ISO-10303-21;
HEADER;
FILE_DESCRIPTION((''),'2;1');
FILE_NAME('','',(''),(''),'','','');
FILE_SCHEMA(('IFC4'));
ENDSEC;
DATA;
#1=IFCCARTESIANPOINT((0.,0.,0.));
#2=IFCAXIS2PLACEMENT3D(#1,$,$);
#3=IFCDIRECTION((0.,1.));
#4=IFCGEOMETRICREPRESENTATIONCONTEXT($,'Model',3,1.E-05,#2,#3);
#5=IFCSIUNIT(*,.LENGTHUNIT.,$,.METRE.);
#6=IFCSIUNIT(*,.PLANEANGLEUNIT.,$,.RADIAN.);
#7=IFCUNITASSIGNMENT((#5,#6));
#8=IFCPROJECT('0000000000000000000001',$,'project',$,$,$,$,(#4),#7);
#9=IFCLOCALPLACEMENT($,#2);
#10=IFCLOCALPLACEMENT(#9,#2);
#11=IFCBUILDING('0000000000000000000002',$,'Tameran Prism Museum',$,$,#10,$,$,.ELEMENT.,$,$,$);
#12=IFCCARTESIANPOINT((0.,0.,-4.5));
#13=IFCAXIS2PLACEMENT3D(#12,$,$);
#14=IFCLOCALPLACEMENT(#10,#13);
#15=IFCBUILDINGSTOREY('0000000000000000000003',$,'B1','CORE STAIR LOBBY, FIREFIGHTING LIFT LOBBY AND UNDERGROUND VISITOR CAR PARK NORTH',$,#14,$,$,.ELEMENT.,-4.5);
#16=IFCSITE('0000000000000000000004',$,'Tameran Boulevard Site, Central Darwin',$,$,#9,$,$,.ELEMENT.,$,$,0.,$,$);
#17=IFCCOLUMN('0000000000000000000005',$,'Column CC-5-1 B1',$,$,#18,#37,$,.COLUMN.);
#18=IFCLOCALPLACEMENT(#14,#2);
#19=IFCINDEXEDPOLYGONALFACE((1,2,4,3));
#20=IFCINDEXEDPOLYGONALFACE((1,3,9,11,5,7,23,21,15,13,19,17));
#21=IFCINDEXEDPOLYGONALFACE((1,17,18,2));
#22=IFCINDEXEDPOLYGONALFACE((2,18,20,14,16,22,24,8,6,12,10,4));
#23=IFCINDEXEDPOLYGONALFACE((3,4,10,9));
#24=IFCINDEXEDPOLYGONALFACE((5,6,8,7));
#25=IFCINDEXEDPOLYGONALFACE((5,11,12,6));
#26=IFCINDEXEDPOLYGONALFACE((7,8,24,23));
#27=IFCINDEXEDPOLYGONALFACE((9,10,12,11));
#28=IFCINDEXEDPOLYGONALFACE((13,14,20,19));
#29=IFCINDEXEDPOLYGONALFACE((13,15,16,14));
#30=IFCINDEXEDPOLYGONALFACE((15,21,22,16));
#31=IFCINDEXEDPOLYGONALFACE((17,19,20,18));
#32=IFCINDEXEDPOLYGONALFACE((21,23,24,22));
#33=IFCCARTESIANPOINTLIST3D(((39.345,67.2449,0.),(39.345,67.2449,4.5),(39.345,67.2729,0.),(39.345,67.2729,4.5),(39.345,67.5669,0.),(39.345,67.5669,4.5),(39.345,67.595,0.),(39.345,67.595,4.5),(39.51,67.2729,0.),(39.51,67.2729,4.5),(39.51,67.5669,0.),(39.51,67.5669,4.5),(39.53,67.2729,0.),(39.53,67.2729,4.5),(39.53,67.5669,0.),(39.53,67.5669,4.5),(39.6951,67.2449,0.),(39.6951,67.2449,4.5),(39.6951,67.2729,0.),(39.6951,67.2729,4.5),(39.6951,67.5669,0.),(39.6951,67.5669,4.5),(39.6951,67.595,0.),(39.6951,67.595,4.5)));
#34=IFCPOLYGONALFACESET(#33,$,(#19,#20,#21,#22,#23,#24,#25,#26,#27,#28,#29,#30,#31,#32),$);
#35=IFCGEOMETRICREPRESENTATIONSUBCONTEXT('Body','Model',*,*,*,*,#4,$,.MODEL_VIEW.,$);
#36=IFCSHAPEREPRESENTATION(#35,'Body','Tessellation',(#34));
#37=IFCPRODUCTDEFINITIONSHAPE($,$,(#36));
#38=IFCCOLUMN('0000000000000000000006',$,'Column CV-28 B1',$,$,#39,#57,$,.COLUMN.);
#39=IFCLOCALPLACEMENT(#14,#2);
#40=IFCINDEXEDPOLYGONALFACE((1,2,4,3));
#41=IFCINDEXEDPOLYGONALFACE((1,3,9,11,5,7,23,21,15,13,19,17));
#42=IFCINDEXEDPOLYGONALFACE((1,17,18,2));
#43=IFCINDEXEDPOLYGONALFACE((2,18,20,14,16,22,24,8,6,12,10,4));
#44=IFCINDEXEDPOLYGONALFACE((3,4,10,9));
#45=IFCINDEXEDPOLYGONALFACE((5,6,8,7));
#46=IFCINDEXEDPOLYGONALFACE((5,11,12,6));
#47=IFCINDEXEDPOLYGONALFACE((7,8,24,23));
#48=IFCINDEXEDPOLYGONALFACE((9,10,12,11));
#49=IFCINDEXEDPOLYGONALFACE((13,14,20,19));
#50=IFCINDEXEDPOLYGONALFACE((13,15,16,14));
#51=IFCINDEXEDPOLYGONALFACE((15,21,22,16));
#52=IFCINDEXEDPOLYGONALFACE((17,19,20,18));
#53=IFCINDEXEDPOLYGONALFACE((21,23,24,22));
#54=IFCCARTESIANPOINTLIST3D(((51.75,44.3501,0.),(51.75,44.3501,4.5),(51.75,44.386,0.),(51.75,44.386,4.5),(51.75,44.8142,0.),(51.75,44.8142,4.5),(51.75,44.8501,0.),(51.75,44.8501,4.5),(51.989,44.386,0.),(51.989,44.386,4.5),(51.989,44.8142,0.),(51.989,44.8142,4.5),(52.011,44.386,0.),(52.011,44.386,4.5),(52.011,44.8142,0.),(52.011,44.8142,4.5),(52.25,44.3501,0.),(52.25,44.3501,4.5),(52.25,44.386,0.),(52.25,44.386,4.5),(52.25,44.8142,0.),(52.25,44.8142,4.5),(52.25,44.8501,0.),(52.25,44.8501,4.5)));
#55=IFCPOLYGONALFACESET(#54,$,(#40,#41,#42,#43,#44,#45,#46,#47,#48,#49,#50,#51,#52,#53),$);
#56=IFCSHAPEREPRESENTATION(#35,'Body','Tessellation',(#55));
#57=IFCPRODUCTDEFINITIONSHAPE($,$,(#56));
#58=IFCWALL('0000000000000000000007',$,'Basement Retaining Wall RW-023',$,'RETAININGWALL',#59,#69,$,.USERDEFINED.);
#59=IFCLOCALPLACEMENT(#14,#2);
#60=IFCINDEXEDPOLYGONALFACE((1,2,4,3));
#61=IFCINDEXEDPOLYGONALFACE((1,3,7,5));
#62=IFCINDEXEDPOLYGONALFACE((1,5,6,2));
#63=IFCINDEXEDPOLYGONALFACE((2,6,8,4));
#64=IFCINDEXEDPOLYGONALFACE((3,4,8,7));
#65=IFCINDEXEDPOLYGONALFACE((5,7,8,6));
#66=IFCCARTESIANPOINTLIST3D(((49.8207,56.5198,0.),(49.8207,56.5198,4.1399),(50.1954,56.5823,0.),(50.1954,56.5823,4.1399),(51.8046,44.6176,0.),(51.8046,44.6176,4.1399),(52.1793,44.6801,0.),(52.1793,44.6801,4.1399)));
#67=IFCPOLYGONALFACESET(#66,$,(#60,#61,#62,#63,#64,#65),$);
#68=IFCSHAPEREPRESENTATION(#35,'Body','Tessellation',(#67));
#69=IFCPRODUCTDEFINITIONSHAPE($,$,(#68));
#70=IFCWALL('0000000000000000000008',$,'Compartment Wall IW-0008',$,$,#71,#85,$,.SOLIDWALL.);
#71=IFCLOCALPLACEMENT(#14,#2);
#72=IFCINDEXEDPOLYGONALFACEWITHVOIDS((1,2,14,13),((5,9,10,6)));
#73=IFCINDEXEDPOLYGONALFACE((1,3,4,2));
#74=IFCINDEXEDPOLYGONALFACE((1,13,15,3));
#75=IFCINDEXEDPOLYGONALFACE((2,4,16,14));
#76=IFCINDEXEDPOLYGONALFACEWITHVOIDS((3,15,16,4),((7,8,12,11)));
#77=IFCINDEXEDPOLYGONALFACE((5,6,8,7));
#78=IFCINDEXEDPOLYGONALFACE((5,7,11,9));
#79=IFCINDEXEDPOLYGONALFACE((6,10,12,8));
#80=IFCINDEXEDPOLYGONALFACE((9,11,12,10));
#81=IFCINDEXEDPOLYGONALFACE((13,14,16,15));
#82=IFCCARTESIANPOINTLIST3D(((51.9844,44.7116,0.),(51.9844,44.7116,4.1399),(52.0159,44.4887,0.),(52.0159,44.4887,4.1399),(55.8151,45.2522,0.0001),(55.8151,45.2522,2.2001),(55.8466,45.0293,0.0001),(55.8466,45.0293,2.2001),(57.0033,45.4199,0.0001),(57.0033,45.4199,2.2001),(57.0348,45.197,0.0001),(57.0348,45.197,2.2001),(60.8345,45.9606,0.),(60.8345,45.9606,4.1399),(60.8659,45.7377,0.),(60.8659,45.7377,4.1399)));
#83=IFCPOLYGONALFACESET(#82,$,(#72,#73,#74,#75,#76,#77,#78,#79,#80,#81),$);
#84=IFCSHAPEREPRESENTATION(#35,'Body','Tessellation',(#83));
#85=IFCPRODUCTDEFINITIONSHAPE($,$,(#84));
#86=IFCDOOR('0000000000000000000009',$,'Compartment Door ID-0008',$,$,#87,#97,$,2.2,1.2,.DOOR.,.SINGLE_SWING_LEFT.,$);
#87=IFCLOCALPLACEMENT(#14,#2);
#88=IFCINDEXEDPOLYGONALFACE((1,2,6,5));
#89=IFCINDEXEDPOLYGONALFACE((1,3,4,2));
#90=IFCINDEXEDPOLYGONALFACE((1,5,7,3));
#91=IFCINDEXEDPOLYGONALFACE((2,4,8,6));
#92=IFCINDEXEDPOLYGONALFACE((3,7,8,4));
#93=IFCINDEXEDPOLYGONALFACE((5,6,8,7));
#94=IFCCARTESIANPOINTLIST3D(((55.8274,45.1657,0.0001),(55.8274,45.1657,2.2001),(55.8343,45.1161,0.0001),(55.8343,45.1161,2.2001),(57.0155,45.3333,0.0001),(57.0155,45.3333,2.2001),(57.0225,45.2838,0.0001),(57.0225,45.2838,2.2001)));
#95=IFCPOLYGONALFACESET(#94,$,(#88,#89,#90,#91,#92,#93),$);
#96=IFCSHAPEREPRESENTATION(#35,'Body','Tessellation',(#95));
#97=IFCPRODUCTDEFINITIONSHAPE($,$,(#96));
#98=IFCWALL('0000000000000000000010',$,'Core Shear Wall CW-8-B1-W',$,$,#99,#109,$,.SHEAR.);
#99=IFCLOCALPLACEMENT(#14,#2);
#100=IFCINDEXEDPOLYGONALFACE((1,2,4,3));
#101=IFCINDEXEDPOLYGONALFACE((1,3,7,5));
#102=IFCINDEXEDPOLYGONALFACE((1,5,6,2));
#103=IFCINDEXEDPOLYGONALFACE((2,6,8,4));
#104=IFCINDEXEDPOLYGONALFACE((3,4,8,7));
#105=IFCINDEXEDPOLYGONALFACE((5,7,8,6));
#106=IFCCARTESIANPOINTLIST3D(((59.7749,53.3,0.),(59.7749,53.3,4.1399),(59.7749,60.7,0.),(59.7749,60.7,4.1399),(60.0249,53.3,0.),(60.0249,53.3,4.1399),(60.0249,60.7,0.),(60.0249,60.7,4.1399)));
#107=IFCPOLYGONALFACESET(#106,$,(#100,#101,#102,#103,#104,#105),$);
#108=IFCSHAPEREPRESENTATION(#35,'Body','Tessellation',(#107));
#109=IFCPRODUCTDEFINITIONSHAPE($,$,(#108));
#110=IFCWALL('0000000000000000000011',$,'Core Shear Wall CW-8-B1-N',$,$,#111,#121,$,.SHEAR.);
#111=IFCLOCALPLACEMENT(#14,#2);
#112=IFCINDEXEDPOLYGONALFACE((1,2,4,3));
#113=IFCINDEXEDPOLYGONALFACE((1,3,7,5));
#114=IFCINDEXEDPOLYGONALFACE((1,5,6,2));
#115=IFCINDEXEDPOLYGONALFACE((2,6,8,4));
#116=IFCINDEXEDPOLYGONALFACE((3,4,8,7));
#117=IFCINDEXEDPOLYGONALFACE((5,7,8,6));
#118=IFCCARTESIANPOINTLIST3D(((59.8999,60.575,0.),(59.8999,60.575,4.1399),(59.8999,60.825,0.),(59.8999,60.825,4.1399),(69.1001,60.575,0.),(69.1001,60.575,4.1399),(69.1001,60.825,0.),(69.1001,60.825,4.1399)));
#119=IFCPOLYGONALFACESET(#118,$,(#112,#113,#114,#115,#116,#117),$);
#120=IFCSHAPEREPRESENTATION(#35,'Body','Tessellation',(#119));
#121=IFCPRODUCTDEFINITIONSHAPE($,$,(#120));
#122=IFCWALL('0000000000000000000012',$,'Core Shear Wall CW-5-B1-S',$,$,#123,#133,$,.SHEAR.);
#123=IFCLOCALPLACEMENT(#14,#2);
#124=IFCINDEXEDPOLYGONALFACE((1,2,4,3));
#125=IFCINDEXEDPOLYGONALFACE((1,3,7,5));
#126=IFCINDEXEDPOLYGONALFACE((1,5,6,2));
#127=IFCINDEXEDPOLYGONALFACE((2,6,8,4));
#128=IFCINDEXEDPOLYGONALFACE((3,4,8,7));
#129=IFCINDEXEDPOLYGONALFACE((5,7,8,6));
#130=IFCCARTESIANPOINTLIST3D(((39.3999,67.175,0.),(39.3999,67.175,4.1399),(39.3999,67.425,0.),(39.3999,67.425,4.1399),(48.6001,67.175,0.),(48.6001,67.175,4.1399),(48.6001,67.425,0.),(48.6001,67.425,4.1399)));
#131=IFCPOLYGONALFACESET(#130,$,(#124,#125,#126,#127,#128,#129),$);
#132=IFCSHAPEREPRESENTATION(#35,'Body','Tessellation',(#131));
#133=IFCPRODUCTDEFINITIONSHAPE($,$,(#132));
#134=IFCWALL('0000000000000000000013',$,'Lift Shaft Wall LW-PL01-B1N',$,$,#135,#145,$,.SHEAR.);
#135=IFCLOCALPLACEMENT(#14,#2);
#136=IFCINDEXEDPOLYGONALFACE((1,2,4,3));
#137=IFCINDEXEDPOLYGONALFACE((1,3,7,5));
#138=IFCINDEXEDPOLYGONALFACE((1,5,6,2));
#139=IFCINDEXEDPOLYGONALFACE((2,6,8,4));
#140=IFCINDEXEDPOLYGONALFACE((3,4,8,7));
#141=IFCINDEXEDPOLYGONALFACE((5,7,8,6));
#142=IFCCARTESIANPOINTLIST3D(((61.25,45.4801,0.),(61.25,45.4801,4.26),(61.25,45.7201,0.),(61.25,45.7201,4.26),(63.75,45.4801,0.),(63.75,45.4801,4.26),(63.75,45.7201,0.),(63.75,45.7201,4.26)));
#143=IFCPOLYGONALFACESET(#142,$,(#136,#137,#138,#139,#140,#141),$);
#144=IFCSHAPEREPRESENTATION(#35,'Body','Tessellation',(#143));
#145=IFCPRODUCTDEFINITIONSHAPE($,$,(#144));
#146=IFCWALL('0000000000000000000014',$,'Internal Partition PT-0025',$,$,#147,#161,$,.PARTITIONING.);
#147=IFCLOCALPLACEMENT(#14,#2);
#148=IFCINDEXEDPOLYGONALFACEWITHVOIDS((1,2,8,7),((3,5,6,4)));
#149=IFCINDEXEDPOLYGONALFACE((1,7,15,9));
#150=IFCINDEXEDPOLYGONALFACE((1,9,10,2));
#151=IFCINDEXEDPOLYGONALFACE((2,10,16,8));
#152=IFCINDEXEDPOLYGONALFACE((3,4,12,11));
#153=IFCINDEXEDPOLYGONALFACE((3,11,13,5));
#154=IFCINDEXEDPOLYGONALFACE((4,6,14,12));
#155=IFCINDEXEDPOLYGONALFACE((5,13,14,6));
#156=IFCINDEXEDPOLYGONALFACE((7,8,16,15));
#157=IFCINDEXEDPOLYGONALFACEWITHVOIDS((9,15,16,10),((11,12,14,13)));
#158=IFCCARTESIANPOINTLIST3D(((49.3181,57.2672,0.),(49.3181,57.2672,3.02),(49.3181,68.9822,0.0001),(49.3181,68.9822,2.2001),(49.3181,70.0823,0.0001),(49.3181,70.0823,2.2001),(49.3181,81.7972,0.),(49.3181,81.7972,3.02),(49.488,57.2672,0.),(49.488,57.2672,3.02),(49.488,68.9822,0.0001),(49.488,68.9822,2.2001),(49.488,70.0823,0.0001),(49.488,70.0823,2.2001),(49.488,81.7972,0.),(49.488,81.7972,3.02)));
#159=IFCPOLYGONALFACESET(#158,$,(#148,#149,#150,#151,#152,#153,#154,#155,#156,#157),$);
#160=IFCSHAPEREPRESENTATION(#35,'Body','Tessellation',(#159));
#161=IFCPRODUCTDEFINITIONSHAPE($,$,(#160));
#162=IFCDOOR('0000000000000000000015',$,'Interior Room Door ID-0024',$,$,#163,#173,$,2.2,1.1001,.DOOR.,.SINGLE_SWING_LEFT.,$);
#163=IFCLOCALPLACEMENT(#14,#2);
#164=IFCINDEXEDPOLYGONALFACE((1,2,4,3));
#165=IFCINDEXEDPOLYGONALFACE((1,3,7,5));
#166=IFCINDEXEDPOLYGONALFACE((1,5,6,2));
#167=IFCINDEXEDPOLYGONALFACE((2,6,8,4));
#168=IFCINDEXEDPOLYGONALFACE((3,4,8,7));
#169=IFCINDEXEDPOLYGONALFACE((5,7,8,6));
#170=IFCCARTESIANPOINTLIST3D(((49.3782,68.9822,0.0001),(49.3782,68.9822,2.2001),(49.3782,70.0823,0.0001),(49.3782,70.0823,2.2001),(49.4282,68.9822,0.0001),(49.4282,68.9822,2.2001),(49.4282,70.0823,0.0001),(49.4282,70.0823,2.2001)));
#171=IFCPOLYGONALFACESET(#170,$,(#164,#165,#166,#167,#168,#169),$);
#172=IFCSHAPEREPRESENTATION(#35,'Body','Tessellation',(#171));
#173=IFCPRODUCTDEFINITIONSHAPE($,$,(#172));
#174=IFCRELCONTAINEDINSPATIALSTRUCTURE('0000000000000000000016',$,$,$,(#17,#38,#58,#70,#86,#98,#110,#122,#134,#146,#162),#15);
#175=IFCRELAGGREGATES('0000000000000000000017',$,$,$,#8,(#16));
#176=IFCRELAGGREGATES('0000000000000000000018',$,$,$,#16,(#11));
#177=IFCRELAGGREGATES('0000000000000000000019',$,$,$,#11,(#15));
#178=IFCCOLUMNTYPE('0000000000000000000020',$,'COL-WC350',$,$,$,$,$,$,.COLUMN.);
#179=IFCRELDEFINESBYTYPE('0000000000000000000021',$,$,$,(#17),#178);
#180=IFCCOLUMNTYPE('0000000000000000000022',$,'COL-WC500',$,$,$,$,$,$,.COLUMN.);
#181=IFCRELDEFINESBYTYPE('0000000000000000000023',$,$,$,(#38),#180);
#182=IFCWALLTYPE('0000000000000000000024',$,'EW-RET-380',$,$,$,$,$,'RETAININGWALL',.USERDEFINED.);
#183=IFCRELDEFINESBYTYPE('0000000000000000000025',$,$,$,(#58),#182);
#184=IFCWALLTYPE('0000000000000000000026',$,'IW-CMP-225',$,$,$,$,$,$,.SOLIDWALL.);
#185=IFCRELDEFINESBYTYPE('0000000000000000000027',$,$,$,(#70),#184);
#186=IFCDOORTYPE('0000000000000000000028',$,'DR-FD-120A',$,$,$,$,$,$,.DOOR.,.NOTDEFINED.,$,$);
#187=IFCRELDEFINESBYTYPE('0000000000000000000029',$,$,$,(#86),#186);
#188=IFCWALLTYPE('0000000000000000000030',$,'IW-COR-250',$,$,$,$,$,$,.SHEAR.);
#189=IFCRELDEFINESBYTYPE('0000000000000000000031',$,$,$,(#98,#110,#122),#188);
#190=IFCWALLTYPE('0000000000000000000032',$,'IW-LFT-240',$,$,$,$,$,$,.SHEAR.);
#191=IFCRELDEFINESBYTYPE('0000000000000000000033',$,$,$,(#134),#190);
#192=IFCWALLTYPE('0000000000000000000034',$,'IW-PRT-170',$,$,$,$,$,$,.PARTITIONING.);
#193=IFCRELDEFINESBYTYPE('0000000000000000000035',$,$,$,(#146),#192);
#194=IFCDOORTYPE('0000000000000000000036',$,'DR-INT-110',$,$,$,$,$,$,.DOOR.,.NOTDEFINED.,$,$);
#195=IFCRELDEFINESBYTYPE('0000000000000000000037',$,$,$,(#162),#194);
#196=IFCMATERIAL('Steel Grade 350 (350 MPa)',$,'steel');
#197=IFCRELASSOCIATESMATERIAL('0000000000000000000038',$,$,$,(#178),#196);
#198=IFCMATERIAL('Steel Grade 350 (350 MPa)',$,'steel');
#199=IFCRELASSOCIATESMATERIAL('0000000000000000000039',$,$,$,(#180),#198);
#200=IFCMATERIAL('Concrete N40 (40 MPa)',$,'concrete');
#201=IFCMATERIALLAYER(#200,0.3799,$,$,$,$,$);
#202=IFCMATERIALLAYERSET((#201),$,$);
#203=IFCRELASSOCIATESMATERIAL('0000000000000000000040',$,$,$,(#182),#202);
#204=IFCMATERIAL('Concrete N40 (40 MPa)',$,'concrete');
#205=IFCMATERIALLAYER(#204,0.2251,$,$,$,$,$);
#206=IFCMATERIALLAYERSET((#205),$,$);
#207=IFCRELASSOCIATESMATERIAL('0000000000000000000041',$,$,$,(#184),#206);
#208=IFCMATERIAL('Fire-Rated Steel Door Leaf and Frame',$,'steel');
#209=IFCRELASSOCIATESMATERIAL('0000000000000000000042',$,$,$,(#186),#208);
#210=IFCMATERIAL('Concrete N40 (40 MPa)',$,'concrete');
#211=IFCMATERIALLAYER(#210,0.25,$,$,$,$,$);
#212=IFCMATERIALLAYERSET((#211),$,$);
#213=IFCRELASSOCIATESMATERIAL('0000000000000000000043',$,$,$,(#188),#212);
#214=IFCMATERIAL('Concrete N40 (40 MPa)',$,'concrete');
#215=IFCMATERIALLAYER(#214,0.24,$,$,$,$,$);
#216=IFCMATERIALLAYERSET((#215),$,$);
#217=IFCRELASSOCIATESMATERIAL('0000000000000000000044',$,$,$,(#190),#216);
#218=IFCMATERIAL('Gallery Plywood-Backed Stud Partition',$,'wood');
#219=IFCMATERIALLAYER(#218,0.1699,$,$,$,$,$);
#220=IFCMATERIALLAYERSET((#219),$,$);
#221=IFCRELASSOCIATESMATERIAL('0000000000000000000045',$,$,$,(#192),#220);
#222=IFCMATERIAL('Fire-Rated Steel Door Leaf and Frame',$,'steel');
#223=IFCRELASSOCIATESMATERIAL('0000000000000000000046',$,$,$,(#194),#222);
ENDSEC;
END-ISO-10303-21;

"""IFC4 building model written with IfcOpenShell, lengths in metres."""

from ifc_helpers import new_model, si_unit, direction, frame, frame_2d, origin, origin_2d, place, context, subcontext, project, spatial, rectangle, i_section, extrude, material, layer, layer_set, material_profile, profile_set, type_object, element, fill, save


model = new_model("IFC4")

# Units and contexts
model_context = context("Model", 3, precision=1e-05, world=origin(), true_north=direction((0.0, 1.0)))
body_context = subcontext(model_context, "Body", "Model", "MODEL_VIEW")
ifc_project = project(units=[si_unit("LENGTHUNIT", "METRE"), si_unit("PLANEANGLEUNIT", "RADIAN")], contexts=[model_context])

# Site, building, storey
site_placement = place(None, origin())
site = spatial("IfcSite", under=ifc_project, at=site_placement, Name="Tameran Boulevard Site, Central Darwin", CompositionType="ELEMENT", RefElevation=0.0)
building_placement = place(site_placement, origin())
building = spatial("IfcBuilding", under=site, at=building_placement, Name="Tameran Prism Museum", CompositionType="ELEMENT")
storey_placement = place(building_placement, frame((0.0, 0.0, -4.5)))
storey = spatial("IfcBuildingStorey", under=building, at=storey_placement, Name="B1", Description="CORE STAIR LOBBY, FIREFIGHTING LIFT LOBBY AND UNDERGROUND VISITOR CAR PARK NORTH", CompositionType="ELEMENT", Elevation=-4.5)

# Columns
ifc_material_1 = material(Name="Steel Grade 350 (350 MPa)", Category="steel")
ifc_material_profile_1 = material_profile(ifc_material_1, i_section(OverallWidth=0.3501, OverallDepth=0.3501, WebThickness=0.02, FlangeThickness=0.0281, at=origin_2d()))
ifc_profile_set_1 = profile_set([ifc_material_profile_1])
column_type_1 = type_object("IfcColumnType", Name="COL-WC350", PredefinedType="COLUMN", material=ifc_profile_set_1)
for number, where, z_axis, x_axis, name in (
    (1, (39.52, 67.4199, 0.0), (0.0, 0.0, 1.0), (1.0, 0.0, 0.0), "Column CC-5-1 B1"),
):
    element("IfcColumn", number, at=place(storey_placement, frame(where, z_axis=z_axis, x_axis=x_axis)), inside=storey, type_object=column_type_1, Name=name, PredefinedType="COLUMN", context=body_context, shape_type="SweptSolid", body=[
        extrude(i_section(OverallWidth=0.3501, OverallDepth=0.3501, WebThickness=0.02, FlangeThickness=0.0281, at=origin_2d()), origin(), (0.0, 0.0, 1.0), 4.5),
    ])
ifc_material_2 = material(Name="Steel Grade 350 (350 MPa)", Category="steel")
ifc_material_profile_2 = material_profile(ifc_material_2, i_section(OverallWidth=0.5, OverallDepth=0.5, WebThickness=0.022, FlangeThickness=0.0359, at=origin_2d()))
ifc_profile_set_2 = profile_set([ifc_material_profile_2])
column_type_2 = type_object("IfcColumnType", Name="COL-WC500", PredefinedType="COLUMN", material=ifc_profile_set_2)
column_placement = place(storey_placement, frame((52.0, 44.6001, 0.0), z_axis=(0.0, 0.0, 1.0), x_axis=(1.0, 0.0, 0.0)))
element("IfcColumn", 2, at=column_placement, inside=storey, type_object=column_type_2, Name="Column CV-28 B1", PredefinedType="COLUMN", context=body_context, shape_type="SweptSolid", body=[
    extrude(i_section(OverallWidth=0.5, OverallDepth=0.5, WebThickness=0.022, FlangeThickness=0.0359, at=origin_2d()), origin(), (0.0, 0.0, 1.0), 4.5),
])

# Wall
ifc_material_3 = material(Name="Concrete N40 (40 MPa)", Category="concrete")
ifc_layer_1 = layer(ifc_material_3, 0.3799)
ifc_layer_set_1 = layer_set([ifc_layer_1])
wall_type_1 = type_object("IfcWallType", Name="EW-RET-380", ElementType="RETAININGWALL", PredefinedType="USERDEFINED", material=ifc_layer_set_1)
wall_1_placement = place(storey_placement, frame((50.0081, 56.551, 0.0), z_axis=(0.0, 0.0, 1.0), x_axis=(0.164415, -0.986391, 0.0)))
element("IfcWall", 3, at=wall_1_placement, inside=storey, type_object=wall_type_1, Name="Basement Retaining Wall RW-023", ObjectType="RETAININGWALL", PredefinedType="USERDEFINED", context=body_context, shape_type="SweptSolid", body=[
    extrude(rectangle(XDim=12.0664, YDim=0.3799, at=frame_2d((6.0332, 0.0))), origin(), (0.0, 0.0, 1.0), 4.1399),
])

# Wall, opening, door
ifc_material_4 = material(Name="Concrete N40 (40 MPa)", Category="concrete")
ifc_layer_2 = layer(ifc_material_4, 0.2251)
ifc_layer_set_2 = layer_set([ifc_layer_2])
wall_type_2 = type_object("IfcWallType", Name="IW-CMP-225", PredefinedType="SOLIDWALL", material=ifc_layer_set_2)
wall_2_placement = place(storey_placement, frame((60.8501, 45.8491, 0.0), z_axis=(0.0, 0.0, 1.0), x_axis=(-0.990187, -0.139746, 0.0)))
wall_2 = element("IfcWall", 4, at=wall_2_placement, inside=storey, type_object=wall_type_2, Name="Compartment Wall IW-0008", PredefinedType="SOLIDWALL", context=body_context, shape_type="SweptSolid", body=[
    extrude(rectangle(XDim=8.9377, YDim=0.2251, at=frame_2d((4.4688, 0.0))), origin(), (0.0, 0.0, 1.0), 4.1399),
])
opening_1_placement = place(wall_2_placement, frame((3.8689, 0.0, 0.0)))
opening_1 = element("IfcOpeningElement", 5, at=opening_1_placement, cuts=wall_2, PredefinedType="OPENING", context=body_context, shape_type="SweptSolid", body=[
    extrude(rectangle(XDim=1.2, YDim=2.2, at=frame_2d((0.6001, 1.1001))), frame((0.0, 0.1226, 0.0), z_axis=(0.0, -1.0, 0.0), x_axis=(1.0, 0.0, 0.0)), (0.0, 0.0, 1.0), 0.2451),
])
ifc_material_5 = material(Name="Fire-Rated Steel Door Leaf and Frame", Category="steel")
door_type_1 = type_object("IfcDoorType", Name="DR-FD-120A", OperationType="NOTDEFINED", PredefinedType="DOOR", material=ifc_material_5)
door_1_placement = place(opening_1_placement, origin())
door_1 = element("IfcDoor", 6, at=door_1_placement, inside=storey, type_object=door_type_1, Name="Compartment Door ID-0008", OperationType="SINGLE_SWING_LEFT", OverallHeight=2.2, OverallWidth=1.2, PredefinedType="DOOR", context=body_context, shape_type="SweptSolid", body=[
    extrude(rectangle(XDim=1.2, YDim=2.2, at=frame_2d((0.6001, 1.1001))), frame((0.0, 0.0249, 0.0), z_axis=(0.0, -1.0, 0.0), x_axis=(1.0, 0.0, 0.0)), (0.0, 0.0, 1.0), 0.05),
])
fill(opening_1, door_1)

# Walls
ifc_material_6 = material(Name="Concrete N40 (40 MPa)", Category="concrete")
ifc_layer_3 = layer(ifc_material_6, 0.25)
ifc_layer_set_3 = layer_set([ifc_layer_3])
wall_type_3 = type_object("IfcWallType", Name="IW-COR-250", PredefinedType="SHEAR", material=ifc_layer_set_3)
wall_3_placement = place(storey_placement, frame((59.8999, 53.3, 0.0), z_axis=(0.0, 0.0, 1.0), x_axis=(0.0, 1.0, 0.0)))
element("IfcWall", 7, at=wall_3_placement, inside=storey, type_object=wall_type_3, Name="Core Shear Wall CW-8-B1-W", PredefinedType="SHEAR", context=body_context, shape_type="SweptSolid", body=[
    extrude(rectangle(XDim=7.3999, YDim=0.25, at=frame_2d((3.7, 0.0))), origin(), (0.0, 0.0, 1.0), 4.1399),
])
for number, where, z_axis, x_axis, name in (
    (8, (59.8999, 60.7, 0.0), (0.0, 0.0, 1.0), (1.0, 0.0, 0.0), "Core Shear Wall CW-8-B1-N"),
    (9, (48.6001, 67.3, 0.0), (0.0, 0.0, 1.0), (-1.0, 0.0, 0.0), "Core Shear Wall CW-5-B1-S"),
):
    element("IfcWall", number, at=place(storey_placement, frame(where, z_axis=z_axis, x_axis=x_axis)), inside=storey, type_object=wall_type_3, Name=name, PredefinedType="SHEAR", context=body_context, shape_type="SweptSolid", body=[
        extrude(rectangle(XDim=9.2002, YDim=0.25, at=frame_2d((4.6001, 0.0))), origin(), (0.0, 0.0, 1.0), 4.1399),
    ])
ifc_material_7 = material(Name="Concrete N40 (40 MPa)", Category="concrete")
ifc_layer_4 = layer(ifc_material_7, 0.24)
ifc_layer_set_4 = layer_set([ifc_layer_4])
wall_type_4 = type_object("IfcWallType", Name="IW-LFT-240", PredefinedType="SHEAR", material=ifc_layer_set_4)
wall_4_placement = place(storey_placement, frame((61.25, 45.6001, 0.0), z_axis=(0.0, 0.0, 1.0), x_axis=(1.0, 0.0, 0.0)))
element("IfcWall", 10, at=wall_4_placement, inside=storey, type_object=wall_type_4, Name="Lift Shaft Wall LW-PL01-B1N", PredefinedType="SHEAR", context=body_context, shape_type="SweptSolid", body=[
    extrude(rectangle(XDim=2.5, YDim=0.24, at=frame_2d((1.25, 0.0))), origin(), (0.0, 0.0, 1.0), 4.26),
])

# Wall, opening, door
ifc_material_8 = material(Name="Gallery Plywood-Backed Stud Partition", Category="wood")
ifc_layer_5 = layer(ifc_material_8, 0.1699)
ifc_layer_set_5 = layer_set([ifc_layer_5])
wall_type_5 = type_object("IfcWallType", Name="IW-PRT-170", PredefinedType="PARTITIONING", material=ifc_layer_set_5)
wall_5_placement = place(storey_placement, frame((49.4031, 57.2671, 0.0), z_axis=(0.0, 0.0, 1.0), x_axis=(0.0, 1.0, 0.0)))
wall_5 = element("IfcWall", 11, at=wall_5_placement, inside=storey, type_object=wall_type_5, Name="Internal Partition PT-0025", PredefinedType="PARTITIONING", context=body_context, shape_type="SweptSolid", body=[
    extrude(rectangle(XDim=24.53, YDim=0.1699, at=frame_2d((12.2651, 0.0))), origin(), (0.0, 0.0, 1.0), 3.02),
])
opening_2_placement = place(wall_5_placement, frame((11.7151, 0.0, 0.0)))
opening_2 = element("IfcOpeningElement", 12, at=opening_2_placement, cuts=wall_5, PredefinedType="OPENING", context=body_context, shape_type="SweptSolid", body=[
    extrude(rectangle(XDim=1.1001, YDim=2.2, at=frame_2d((0.55, 1.1001))), frame((0.0, 0.095, 0.0), z_axis=(0.0, -1.0, 0.0), x_axis=(1.0, 0.0, 0.0)), (0.0, 0.0, 1.0), 0.1899),
])
ifc_material_9 = material(Name="Fire-Rated Steel Door Leaf and Frame", Category="steel")
door_type_2 = type_object("IfcDoorType", Name="DR-INT-110", OperationType="NOTDEFINED", PredefinedType="DOOR", material=ifc_material_9)
door_2_placement = place(opening_2_placement, origin())
door_2 = element("IfcDoor", 13, at=door_2_placement, inside=storey, type_object=door_type_2, Name="Interior Room Door ID-0024", OperationType="SINGLE_SWING_LEFT", OverallHeight=2.2, OverallWidth=1.1001, PredefinedType="DOOR", context=body_context, shape_type="SweptSolid", body=[
    extrude(rectangle(XDim=1.1001, YDim=2.2, at=frame_2d((0.55, 1.1001))), frame((0.0, 0.0249, 0.0), z_axis=(0.0, -1.0, 0.0), x_axis=(1.0, 0.0, 0.0)), (0.0, 0.0, 1.0), 0.05),
])
fill(opening_2, door_2)

save(model, "model.ifc")
